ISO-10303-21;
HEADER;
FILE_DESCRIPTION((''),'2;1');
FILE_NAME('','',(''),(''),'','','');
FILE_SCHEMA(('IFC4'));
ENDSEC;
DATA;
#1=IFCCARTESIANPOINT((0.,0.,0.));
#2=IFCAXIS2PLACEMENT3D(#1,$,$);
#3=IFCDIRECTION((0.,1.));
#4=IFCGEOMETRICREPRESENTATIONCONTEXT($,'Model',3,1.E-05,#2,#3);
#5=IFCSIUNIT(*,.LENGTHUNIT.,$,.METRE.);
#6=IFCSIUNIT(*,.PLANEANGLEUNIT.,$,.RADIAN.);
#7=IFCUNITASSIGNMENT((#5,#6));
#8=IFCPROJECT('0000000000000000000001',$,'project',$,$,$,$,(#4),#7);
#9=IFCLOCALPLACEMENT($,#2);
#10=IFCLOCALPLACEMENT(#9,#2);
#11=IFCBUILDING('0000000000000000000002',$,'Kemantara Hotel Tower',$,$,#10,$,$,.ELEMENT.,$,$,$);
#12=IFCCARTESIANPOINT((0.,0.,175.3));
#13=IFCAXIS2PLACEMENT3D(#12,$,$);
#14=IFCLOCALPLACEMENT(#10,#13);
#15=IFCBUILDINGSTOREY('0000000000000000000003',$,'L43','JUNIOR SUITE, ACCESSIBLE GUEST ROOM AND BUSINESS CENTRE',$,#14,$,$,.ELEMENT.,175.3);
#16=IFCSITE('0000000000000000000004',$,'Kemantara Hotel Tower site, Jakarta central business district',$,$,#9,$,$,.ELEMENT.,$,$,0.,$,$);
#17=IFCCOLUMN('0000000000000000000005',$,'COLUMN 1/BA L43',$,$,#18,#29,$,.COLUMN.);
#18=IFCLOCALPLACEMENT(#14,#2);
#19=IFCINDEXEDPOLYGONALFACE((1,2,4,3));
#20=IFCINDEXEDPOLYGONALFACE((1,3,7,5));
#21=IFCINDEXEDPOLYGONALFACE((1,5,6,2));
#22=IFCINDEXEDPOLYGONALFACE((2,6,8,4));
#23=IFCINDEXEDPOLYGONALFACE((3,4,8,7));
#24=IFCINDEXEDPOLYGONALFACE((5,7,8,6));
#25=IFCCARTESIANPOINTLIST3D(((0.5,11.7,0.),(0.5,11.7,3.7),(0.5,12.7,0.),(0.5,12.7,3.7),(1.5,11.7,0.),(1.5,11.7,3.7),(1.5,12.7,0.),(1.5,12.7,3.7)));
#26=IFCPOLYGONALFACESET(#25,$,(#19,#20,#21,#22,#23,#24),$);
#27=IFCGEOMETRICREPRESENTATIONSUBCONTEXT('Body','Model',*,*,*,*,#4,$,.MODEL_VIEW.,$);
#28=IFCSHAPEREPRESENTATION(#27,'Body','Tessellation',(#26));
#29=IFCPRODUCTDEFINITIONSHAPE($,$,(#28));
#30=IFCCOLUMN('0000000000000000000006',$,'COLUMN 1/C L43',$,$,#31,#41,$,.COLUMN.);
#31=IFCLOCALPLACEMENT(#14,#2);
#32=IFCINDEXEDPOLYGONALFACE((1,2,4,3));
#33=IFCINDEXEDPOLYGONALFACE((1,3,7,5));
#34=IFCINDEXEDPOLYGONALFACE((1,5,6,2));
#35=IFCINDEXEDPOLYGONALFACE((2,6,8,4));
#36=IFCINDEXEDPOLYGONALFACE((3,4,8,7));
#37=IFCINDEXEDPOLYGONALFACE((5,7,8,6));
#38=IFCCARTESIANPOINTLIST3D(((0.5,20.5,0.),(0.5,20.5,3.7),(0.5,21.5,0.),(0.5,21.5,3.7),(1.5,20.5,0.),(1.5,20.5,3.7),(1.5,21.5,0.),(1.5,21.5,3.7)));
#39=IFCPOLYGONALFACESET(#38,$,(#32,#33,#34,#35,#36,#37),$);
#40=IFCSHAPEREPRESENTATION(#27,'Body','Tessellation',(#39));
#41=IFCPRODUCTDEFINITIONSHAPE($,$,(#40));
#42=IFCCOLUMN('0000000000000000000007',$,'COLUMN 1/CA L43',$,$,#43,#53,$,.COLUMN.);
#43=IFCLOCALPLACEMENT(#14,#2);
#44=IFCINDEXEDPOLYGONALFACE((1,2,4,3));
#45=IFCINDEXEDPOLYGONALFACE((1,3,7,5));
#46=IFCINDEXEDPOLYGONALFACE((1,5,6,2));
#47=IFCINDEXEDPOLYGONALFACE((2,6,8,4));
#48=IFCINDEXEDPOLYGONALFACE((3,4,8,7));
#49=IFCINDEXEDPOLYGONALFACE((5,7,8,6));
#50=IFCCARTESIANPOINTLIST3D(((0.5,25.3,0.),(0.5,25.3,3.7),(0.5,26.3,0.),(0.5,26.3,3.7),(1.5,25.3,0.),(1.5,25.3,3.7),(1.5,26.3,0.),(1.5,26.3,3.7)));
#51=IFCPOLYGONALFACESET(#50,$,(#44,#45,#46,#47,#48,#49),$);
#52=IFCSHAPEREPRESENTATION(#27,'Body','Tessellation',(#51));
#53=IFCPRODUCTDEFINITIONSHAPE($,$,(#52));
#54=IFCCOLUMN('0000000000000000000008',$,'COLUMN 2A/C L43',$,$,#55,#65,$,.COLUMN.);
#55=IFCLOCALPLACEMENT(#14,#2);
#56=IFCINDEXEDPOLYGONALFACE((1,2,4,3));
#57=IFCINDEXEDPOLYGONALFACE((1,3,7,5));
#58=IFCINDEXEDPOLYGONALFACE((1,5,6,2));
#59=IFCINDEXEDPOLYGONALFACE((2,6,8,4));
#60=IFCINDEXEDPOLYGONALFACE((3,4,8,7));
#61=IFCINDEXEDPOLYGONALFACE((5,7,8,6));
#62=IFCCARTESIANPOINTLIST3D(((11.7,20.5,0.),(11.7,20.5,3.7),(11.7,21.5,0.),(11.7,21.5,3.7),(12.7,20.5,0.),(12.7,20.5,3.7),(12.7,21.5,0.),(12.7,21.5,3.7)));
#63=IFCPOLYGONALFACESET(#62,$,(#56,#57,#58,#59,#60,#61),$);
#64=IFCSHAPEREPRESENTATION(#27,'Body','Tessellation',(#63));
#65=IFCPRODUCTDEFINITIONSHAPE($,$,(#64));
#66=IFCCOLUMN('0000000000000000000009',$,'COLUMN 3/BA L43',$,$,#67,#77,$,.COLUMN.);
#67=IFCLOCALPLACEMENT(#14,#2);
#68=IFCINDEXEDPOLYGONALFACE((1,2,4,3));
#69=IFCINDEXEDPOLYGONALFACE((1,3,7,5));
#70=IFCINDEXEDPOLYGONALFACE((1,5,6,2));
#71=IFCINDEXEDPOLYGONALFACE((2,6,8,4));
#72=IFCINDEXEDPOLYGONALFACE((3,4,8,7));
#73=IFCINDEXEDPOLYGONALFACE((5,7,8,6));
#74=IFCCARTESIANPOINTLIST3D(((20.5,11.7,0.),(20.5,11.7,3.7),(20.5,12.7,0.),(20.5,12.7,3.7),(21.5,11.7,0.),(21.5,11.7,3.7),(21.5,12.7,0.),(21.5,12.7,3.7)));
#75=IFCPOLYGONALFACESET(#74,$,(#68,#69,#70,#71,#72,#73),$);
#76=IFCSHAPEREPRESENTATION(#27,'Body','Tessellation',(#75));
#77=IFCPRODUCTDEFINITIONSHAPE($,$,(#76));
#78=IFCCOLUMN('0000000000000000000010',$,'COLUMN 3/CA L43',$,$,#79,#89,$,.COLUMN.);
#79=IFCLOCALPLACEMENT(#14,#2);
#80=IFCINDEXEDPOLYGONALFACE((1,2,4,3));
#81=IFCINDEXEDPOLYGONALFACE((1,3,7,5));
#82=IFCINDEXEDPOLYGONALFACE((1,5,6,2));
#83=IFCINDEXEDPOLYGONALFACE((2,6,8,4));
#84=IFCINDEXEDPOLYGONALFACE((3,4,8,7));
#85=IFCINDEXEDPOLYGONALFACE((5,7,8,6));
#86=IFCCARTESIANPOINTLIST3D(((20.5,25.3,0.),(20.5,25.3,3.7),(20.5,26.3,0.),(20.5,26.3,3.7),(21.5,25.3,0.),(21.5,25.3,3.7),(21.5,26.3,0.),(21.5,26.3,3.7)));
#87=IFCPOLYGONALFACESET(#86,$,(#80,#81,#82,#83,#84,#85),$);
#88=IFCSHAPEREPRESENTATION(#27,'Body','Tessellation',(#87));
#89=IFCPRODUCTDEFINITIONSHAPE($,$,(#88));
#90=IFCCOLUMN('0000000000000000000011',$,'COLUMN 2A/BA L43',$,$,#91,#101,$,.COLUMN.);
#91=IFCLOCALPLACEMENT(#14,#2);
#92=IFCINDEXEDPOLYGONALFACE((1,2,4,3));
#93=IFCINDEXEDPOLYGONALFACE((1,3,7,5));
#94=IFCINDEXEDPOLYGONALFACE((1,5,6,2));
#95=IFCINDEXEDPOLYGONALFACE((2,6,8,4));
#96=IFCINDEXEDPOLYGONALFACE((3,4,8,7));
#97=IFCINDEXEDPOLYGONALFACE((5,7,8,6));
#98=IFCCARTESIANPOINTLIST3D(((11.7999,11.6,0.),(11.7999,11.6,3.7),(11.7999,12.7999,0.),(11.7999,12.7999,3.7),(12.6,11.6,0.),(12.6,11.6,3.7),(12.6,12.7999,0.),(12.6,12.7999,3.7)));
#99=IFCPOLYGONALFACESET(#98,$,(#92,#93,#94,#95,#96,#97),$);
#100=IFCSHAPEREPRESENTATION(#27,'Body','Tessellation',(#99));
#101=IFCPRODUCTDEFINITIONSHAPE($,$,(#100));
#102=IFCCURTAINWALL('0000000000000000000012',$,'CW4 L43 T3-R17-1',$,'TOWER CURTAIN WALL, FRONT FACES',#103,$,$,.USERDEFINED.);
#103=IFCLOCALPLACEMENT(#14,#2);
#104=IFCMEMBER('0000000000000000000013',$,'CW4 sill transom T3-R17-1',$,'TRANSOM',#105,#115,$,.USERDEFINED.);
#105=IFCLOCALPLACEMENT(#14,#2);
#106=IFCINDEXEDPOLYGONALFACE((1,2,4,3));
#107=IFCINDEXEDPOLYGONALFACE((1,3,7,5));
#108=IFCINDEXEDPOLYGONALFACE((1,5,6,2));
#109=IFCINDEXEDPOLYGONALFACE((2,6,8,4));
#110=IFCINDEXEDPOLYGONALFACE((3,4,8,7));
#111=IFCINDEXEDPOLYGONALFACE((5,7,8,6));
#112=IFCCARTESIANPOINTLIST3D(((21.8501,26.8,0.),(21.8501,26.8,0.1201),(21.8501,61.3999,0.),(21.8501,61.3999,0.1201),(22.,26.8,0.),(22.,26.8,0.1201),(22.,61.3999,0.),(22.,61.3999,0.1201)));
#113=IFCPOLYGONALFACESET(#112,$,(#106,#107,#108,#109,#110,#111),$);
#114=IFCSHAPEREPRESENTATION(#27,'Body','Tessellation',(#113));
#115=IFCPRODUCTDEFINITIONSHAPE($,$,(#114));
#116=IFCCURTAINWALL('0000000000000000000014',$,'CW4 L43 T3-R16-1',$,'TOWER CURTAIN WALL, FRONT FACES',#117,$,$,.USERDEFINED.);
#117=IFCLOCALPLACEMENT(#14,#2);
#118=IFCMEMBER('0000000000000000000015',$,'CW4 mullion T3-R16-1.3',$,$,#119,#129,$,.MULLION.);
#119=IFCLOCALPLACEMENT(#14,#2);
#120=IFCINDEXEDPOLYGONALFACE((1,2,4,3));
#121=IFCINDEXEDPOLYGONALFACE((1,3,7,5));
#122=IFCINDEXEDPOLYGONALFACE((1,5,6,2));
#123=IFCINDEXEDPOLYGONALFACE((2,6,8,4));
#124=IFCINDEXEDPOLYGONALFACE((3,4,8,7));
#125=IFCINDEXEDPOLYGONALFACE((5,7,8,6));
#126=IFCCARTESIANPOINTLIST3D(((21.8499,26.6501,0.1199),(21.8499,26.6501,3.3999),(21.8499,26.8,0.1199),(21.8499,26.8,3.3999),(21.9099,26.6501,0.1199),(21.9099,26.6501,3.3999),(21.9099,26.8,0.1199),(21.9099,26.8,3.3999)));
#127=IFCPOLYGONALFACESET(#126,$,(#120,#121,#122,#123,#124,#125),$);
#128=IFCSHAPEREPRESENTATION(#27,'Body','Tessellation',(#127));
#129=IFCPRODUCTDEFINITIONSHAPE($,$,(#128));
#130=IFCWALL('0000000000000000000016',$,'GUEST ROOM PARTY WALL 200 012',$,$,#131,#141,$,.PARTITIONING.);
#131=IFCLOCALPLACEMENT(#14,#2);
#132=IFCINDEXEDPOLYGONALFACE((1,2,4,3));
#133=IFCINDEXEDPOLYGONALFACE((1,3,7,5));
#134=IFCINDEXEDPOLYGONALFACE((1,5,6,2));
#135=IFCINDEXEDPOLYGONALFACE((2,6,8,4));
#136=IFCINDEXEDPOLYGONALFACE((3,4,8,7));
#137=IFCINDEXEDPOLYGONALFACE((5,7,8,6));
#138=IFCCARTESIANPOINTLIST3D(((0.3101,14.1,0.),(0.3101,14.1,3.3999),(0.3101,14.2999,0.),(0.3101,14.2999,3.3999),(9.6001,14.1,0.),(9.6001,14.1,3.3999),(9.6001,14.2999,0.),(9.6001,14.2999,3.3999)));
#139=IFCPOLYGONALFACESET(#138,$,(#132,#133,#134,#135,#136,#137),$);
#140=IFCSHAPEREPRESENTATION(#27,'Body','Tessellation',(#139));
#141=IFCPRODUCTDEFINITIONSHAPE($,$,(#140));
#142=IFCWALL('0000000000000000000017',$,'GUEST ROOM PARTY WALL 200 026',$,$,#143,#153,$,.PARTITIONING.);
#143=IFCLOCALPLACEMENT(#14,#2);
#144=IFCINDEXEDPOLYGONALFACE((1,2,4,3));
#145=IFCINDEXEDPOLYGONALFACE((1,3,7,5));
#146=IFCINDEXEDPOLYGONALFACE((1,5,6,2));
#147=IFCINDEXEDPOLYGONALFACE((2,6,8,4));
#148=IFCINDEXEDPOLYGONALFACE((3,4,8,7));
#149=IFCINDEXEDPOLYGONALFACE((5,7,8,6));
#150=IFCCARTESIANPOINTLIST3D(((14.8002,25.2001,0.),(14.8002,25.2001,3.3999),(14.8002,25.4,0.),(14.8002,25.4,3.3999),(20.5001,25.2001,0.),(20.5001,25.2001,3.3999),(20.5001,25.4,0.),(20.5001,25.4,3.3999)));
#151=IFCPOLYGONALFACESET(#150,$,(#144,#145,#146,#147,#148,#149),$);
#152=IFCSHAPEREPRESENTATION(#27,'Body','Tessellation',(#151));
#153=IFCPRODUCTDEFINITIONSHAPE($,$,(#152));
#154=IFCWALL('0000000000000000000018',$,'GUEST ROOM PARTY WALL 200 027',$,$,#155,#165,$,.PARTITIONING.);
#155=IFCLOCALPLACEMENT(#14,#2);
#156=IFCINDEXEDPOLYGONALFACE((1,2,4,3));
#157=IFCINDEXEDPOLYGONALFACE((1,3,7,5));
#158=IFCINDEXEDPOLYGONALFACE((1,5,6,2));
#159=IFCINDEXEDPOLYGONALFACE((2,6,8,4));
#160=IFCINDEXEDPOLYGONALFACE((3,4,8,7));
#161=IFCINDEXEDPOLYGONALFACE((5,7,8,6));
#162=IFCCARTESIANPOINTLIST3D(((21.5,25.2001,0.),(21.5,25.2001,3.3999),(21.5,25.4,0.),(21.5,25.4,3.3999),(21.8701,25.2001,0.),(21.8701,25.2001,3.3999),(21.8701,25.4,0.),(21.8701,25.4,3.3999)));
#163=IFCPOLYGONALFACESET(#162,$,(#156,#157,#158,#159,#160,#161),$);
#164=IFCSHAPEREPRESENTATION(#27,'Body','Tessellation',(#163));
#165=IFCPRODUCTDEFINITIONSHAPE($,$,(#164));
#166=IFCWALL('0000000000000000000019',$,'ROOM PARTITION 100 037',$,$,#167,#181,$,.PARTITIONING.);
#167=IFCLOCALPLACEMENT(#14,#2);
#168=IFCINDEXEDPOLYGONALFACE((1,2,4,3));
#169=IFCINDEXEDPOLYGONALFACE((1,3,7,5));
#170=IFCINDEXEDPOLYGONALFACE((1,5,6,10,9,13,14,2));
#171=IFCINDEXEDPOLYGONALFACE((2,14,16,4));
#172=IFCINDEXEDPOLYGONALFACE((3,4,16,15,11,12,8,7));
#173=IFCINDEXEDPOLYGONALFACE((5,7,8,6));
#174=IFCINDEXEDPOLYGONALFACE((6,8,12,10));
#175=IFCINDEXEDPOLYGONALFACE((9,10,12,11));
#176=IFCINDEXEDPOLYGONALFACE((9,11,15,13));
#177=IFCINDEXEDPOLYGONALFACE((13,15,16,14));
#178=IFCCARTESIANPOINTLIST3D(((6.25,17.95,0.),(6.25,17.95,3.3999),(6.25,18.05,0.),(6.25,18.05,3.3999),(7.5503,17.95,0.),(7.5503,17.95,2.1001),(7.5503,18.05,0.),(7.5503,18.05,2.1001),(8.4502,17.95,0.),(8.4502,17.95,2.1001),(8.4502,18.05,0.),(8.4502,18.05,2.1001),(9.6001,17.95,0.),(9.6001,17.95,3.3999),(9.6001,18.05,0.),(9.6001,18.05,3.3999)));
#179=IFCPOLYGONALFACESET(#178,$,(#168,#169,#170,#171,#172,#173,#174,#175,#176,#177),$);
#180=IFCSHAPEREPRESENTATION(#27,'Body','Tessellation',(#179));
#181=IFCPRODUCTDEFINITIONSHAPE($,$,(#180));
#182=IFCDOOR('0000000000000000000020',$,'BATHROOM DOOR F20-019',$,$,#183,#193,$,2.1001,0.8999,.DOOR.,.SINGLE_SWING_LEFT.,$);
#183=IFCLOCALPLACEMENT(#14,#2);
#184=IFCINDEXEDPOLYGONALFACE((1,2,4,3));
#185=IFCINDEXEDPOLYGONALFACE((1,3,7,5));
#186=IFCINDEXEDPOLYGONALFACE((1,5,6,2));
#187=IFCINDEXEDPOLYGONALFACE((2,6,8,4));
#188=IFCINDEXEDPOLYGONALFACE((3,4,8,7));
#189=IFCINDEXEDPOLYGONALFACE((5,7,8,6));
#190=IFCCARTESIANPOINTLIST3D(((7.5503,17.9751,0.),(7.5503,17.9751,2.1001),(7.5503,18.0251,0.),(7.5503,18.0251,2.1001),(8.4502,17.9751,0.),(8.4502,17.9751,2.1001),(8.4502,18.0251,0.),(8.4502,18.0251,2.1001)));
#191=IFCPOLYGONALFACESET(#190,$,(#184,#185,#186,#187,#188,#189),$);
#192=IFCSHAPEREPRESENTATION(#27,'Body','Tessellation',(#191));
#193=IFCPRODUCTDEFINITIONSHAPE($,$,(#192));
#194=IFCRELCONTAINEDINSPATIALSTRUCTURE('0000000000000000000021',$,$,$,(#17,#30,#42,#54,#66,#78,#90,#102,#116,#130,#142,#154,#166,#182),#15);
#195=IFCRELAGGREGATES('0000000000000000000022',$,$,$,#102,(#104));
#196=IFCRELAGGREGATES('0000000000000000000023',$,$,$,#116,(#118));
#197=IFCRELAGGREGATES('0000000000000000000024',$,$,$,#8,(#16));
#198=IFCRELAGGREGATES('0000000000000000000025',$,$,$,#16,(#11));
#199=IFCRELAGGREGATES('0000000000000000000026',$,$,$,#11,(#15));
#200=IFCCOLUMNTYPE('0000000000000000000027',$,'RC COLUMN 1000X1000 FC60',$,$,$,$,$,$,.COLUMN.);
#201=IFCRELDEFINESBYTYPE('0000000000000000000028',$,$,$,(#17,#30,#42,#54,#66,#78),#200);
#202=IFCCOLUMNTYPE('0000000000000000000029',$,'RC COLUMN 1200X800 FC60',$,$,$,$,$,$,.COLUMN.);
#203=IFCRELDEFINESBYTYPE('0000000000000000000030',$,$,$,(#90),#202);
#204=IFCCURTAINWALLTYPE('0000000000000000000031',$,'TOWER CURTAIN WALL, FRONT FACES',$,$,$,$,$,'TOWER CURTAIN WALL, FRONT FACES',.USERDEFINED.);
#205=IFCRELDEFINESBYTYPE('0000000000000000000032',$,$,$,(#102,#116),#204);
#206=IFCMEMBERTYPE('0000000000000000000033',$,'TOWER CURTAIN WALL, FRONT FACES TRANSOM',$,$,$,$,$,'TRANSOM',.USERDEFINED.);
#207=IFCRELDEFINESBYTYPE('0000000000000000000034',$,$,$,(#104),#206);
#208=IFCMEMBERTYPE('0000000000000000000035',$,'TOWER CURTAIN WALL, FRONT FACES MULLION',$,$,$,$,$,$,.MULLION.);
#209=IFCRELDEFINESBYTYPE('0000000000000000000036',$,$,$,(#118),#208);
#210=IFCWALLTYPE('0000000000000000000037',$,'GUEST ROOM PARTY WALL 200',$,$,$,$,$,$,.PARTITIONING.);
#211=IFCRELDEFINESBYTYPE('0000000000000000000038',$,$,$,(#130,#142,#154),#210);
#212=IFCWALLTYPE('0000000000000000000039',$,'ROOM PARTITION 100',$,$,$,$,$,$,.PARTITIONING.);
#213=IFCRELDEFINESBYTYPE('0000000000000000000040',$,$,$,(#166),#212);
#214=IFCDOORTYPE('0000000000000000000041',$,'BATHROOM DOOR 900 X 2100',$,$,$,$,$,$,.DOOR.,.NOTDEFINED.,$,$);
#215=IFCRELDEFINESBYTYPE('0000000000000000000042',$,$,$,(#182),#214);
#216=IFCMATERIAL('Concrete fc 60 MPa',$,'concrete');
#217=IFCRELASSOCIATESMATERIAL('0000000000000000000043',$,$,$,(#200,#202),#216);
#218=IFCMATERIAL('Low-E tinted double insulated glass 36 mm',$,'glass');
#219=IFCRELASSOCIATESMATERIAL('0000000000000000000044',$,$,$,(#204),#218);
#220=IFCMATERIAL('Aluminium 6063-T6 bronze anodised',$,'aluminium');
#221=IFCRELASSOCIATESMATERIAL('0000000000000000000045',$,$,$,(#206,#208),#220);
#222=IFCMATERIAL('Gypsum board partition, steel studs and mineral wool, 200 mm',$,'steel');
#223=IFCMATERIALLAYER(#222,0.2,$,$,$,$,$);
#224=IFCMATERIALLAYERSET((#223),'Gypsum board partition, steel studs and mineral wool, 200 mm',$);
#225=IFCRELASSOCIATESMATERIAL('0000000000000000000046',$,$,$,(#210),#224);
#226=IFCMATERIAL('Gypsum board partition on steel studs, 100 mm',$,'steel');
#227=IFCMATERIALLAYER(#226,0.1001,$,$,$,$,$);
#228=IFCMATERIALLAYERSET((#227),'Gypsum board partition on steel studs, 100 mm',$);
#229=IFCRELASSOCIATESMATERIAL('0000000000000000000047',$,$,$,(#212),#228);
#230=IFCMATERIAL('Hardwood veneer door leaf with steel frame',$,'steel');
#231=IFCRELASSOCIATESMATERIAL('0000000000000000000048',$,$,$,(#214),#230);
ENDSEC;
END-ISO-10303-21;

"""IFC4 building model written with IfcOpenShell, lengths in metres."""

from ifc_helpers import new_model, si_unit, direction, frame, frame_2d, origin, origin_2d, place, context, subcontext, project, spatial, rectangle, extrude, source, transform, mapped, material, layer, layer_set, material_profile, profile_set, type_object, element, fill, aggregate, save


model = new_model("IFC4")

# Units and contexts
model_context = context("Model", 3, precision=1e-05, world=origin(), true_north=direction((0.0, 1.0)))
body_context = subcontext(model_context, "Body", "Model", "MODEL_VIEW")
ifc_project = project(units=[si_unit("LENGTHUNIT", "METRE"), si_unit("PLANEANGLEUNIT", "RADIAN")], contexts=[model_context])

# Site, building, storey
site_placement = place(None, origin())
site = spatial("IfcSite", under=ifc_project, at=site_placement, Name="Kemantara Hotel Tower site, Jakarta central business district", CompositionType="ELEMENT", RefElevation=0.0)
building_placement = place(site_placement, origin())
building = spatial("IfcBuilding", under=site, at=building_placement, Name="Kemantara Hotel Tower", CompositionType="ELEMENT")
storey_placement = place(building_placement, frame((0.0, 0.0, 175.3)))
storey = spatial("IfcBuildingStorey", under=building, at=storey_placement, Name="L43", Description="JUNIOR SUITE, ACCESSIBLE GUEST ROOM AND BUSINESS CENTRE", CompositionType="ELEMENT", Elevation=175.3)

# Columns
ifc_material_1 = material(Name="Concrete fc 60 MPa", Category="concrete")
ifc_material_profile_1 = material_profile(ifc_material_1, rectangle(XDim=1.0, YDim=1.0, at=origin_2d()), Name="RC 1000X1000")
ifc_profile_set_1 = profile_set([ifc_material_profile_1], Name="Concrete fc 60 MPa")
column_type_1 = type_object("IfcColumnType", Name="RC COLUMN 1000X1000 FC60", PredefinedType="COLUMN", material=ifc_profile_set_1)
for number, where, z_axis, x_axis, name in (
    (1, (1.0, 12.2, 0.0), (0.0, 0.0, 1.0), (1.0, 0.0, 0.0), "COLUMN 1/BA L43"),
    (2, (1.0, 21.0, 0.0), (0.0, 0.0, 1.0), (1.0, 0.0, 0.0), "COLUMN 1/C L43"),
    (3, (1.0, 25.8, 0.0), (0.0, 0.0, 1.0), (1.0, 0.0, 0.0), "COLUMN 1/CA L43"),
    (4, (12.2, 21.0, 0.0), (0.0, 0.0, 1.0), (1.0, 0.0, 0.0), "COLUMN 2A/C L43"),
    (5, (21.0, 12.2, 0.0), (0.0, 0.0, 1.0), (1.0, 0.0, 0.0), "COLUMN 3/BA L43"),
    (6, (21.0, 25.8, 0.0), (0.0, 0.0, 1.0), (1.0, 0.0, 0.0), "COLUMN 3/CA L43"),
):
    element("IfcColumn", number, at=place(storey_placement, frame(where, z_axis=z_axis, x_axis=x_axis)), inside=storey, type_object=column_type_1, Name=name, PredefinedType="COLUMN", context=body_context, shape_type="SweptSolid", body=[
        extrude(rectangle(XDim=1.0, YDim=1.0, at=origin_2d()), origin(), (0.0, 0.0, 1.0), 3.7),
    ])
ifc_material_profile_2 = material_profile(ifc_material_1, rectangle(XDim=1.2, YDim=0.8, at=origin_2d()), Name="RC 1200X800")
ifc_profile_set_2 = profile_set([ifc_material_profile_2], Name="Concrete fc 60 MPa")
column_type_2 = type_object("IfcColumnType", Name="RC COLUMN 1200X800 FC60", PredefinedType="COLUMN", material=ifc_profile_set_2)
column_placement = place(storey_placement, frame((12.2, 12.2, 0.0), z_axis=(0.0, 0.0, 1.0), x_axis=(0.0, 1.0, 0.0)))
element("IfcColumn", 7, at=column_placement, inside=storey, type_object=column_type_2, Name="COLUMN 2A/BA L43", PredefinedType="COLUMN", context=body_context, shape_type="SweptSolid", body=[
    extrude(rectangle(XDim=1.2, YDim=0.8, at=origin_2d()), origin(), (0.0, 0.0, 1.0), 3.7),
])

# Curtain walls, members
ifc_material_2 = material(Name="Low-E tinted double insulated glass 36 mm", Category="glass")
curtain_wall_type = type_object("IfcCurtainWallType", Name="TOWER CURTAIN WALL, FRONT FACES", ElementType="TOWER CURTAIN WALL, FRONT FACES", PredefinedType="USERDEFINED", material=ifc_material_2)
curtain_wall_1_placement = place(storey_placement, origin())
curtain_wall_1 = element("IfcCurtainWall", 8, at=curtain_wall_1_placement, inside=storey, type_object=curtain_wall_type, Name="CW4 L43 T3-R17-1", ObjectType="TOWER CURTAIN WALL, FRONT FACES", PredefinedType="USERDEFINED")
ifc_material_3 = material(Name="Aluminium 6063-T6 bronze anodised", Category="aluminium")
ifc_material_profile_3 = material_profile(ifc_material_3, rectangle(XDim=0.1499, YDim=0.1201, at=origin_2d()), Name="TOWER CURTAIN WALL, FRONT FACES TRANSOM")
ifc_profile_set_3 = profile_set([ifc_material_profile_3], Name="Aluminium 6063-T6 bronze anodised")
member_type_1 = type_object("IfcMemberType", Name="TOWER CURTAIN WALL, FRONT FACES TRANSOM", ElementType="TRANSOM", PredefinedType="USERDEFINED", material=ifc_profile_set_3)
member_1_placement = place(storey_placement, frame((21.925, 26.8, 0.0601), z_axis=(0.0, 1.0, 0.0), x_axis=(-1.0, 0.0, 0.0)))
member_1 = element("IfcMember", 9, at=member_1_placement, type_object=member_type_1, Name="CW4 sill transom T3-R17-1", ObjectType="TRANSOM", PredefinedType="USERDEFINED", context=body_context, shape_type="SweptSolid", body=[
    extrude(rectangle(XDim=0.1499, YDim=0.1201, at=origin_2d()), origin(), (0.0, 0.0, 1.0), 34.5999),
])
aggregate(curtain_wall_1, [member_1])
curtain_wall_2_placement = place(storey_placement, origin())
curtain_wall_2 = element("IfcCurtainWall", 10, at=curtain_wall_2_placement, inside=storey, type_object=curtain_wall_type, Name="CW4 L43 T3-R16-1", ObjectType="TOWER CURTAIN WALL, FRONT FACES", PredefinedType="USERDEFINED")
ifc_material_profile_4 = material_profile(ifc_material_3, rectangle(XDim=0.1499, YDim=0.0601, at=origin_2d()), Name="TOWER CURTAIN WALL, FRONT FACES MULLION")
ifc_profile_set_4 = profile_set([ifc_material_profile_4], Name="Aluminium 6063-T6 bronze anodised")
member_type_2 = type_object("IfcMemberType", Name="TOWER CURTAIN WALL, FRONT FACES MULLION", PredefinedType="MULLION", material=ifc_profile_set_4)
shared_shape_1 = source(origin(), body_context, "Body", "SweptSolid", [
    extrude(rectangle(XDim=0.1499, YDim=0.0601, at=origin_2d()), origin(), (0.0, 0.0, 1.0), 3.28),
])
member_2_placement = place(storey_placement, frame((21.8799, 26.7251, 0.1199), z_axis=(0.0, 0.0, 1.0), x_axis=(0.0, -1.0, 0.0)))
member_2 = element("IfcMember", 11, at=member_2_placement, type_object=member_type_2, Name="CW4 mullion T3-R16-1.3", PredefinedType="MULLION", context=body_context, shape_type="MappedRepresentation", body=[
    mapped(shared_shape_1, transform((0.0, 0.0, 0.0))),
])
aggregate(curtain_wall_2, [member_2])

# Walls
ifc_material_4 = material(Name="Gypsum board partition, steel studs and mineral wool, 200 mm", Category="steel")
ifc_layer_1 = layer(ifc_material_4, 0.2)
ifc_layer_set_1 = layer_set([ifc_layer_1], Name="Gypsum board partition, steel studs and mineral wool, 200 mm")
wall_type_1 = type_object("IfcWallType", Name="GUEST ROOM PARTY WALL 200", PredefinedType="PARTITIONING", material=ifc_layer_set_1)
wall_1_placement = place(storey_placement, frame((0.3101, 14.2, 0.0), z_axis=(0.0, 0.0, 1.0), x_axis=(1.0, 0.0, 0.0)))
element("IfcWall", 12, at=wall_1_placement, inside=storey, type_object=wall_type_1, Name="GUEST ROOM PARTY WALL 200 012", PredefinedType="PARTITIONING", context=body_context, shape_type="SweptSolid", body=[
    extrude(rectangle(XDim=9.29, YDim=0.2, at=frame_2d((4.645, 0.0))), origin(), (0.0, 0.0, 1.0), 3.3999),
])
wall_2_placement = place(storey_placement, frame((14.8, 25.3, 0.0), z_axis=(0.0, 0.0, 1.0), x_axis=(1.0, 0.0, 0.0)))
element("IfcWall", 13, at=wall_2_placement, inside=storey, type_object=wall_type_1, Name="GUEST ROOM PARTY WALL 200 026", PredefinedType="PARTITIONING", context=body_context, shape_type="SweptSolid", body=[
    extrude(rectangle(XDim=5.7, YDim=0.2, at=frame_2d((2.8501, 0.0))), origin(), (0.0, 0.0, 1.0), 3.3999),
])
wall_3_placement = place(storey_placement, frame((21.5, 25.3, 0.0), z_axis=(0.0, 0.0, 1.0), x_axis=(1.0, 0.0, 0.0)))
element("IfcWall", 14, at=wall_3_placement, inside=storey, type_object=wall_type_1, Name="GUEST ROOM PARTY WALL 200 027", PredefinedType="PARTITIONING", context=body_context, shape_type="SweptSolid", body=[
    extrude(rectangle(XDim=0.3701, YDim=0.2, at=frame_2d((0.1851, 0.0))), origin(), (0.0, 0.0, 1.0), 3.3999),
])

# Wall, opening, door
ifc_material_5 = material(Name="Gypsum board partition on steel studs, 100 mm", Category="steel")
ifc_layer_2 = layer(ifc_material_5, 0.1001)
ifc_layer_set_2 = layer_set([ifc_layer_2], Name="Gypsum board partition on steel studs, 100 mm")
wall_type_2 = type_object("IfcWallType", Name="ROOM PARTITION 100", PredefinedType="PARTITIONING", material=ifc_layer_set_2)
wall_4_placement = place(storey_placement, frame((9.6001, 18.0, 0.0), z_axis=(0.0, 0.0, 1.0), x_axis=(-1.0, 0.0, 0.0)))
wall_4 = element("IfcWall", 15, at=wall_4_placement, inside=storey, type_object=wall_type_2, Name="ROOM PARTITION 100 037", PredefinedType="PARTITIONING", context=body_context, shape_type="SweptSolid", body=[
    extrude(rectangle(XDim=3.3501, YDim=0.1001, at=frame_2d((1.675, 0.0))), origin(), (0.0, 0.0, 1.0), 3.3999),
])
opening_placement = place(wall_4_placement, frame((1.1499, 0.0, 0.0)))
opening = element("IfcOpeningElement", 16, at=opening_placement, cuts=wall_4, PredefinedType="OPENING", context=body_context, shape_type="SweptSolid", body=[
    extrude(rectangle(XDim=0.8999, YDim=2.1001, at=frame_2d((0.45, 1.05))), frame((0.0, 0.0601, 0.0), z_axis=(0.0, -1.0, 0.0), x_axis=(1.0, 0.0, 0.0)), (0.0, 0.0, 1.0), 0.1201),
])
ifc_material_6 = material(Name="Hardwood veneer door leaf with steel frame", Category="steel")
door_type = type_object("IfcDoorType", Name="BATHROOM DOOR 900 X 2100", OperationType="NOTDEFINED", PredefinedType="DOOR", material=ifc_material_6)
door_placement = place(opening_placement, origin())
door = element("IfcDoor", 17, at=door_placement, inside=storey, type_object=door_type, Name="BATHROOM DOOR F20-019", OperationType="SINGLE_SWING_LEFT", OverallHeight=2.1001, OverallWidth=0.8999, PredefinedType="DOOR", context=body_context, shape_type="SweptSolid", body=[
    extrude(rectangle(XDim=0.8999, YDim=2.1001, at=frame_2d((0.45, 1.05))), frame((0.0, 0.0249, 0.0), z_axis=(0.0, -1.0, 0.0), x_axis=(1.0, 0.0, 0.0)), (0.0, 0.0, 1.0), 0.05),
])
fill(opening, door)

save(model, "model.ifc")
